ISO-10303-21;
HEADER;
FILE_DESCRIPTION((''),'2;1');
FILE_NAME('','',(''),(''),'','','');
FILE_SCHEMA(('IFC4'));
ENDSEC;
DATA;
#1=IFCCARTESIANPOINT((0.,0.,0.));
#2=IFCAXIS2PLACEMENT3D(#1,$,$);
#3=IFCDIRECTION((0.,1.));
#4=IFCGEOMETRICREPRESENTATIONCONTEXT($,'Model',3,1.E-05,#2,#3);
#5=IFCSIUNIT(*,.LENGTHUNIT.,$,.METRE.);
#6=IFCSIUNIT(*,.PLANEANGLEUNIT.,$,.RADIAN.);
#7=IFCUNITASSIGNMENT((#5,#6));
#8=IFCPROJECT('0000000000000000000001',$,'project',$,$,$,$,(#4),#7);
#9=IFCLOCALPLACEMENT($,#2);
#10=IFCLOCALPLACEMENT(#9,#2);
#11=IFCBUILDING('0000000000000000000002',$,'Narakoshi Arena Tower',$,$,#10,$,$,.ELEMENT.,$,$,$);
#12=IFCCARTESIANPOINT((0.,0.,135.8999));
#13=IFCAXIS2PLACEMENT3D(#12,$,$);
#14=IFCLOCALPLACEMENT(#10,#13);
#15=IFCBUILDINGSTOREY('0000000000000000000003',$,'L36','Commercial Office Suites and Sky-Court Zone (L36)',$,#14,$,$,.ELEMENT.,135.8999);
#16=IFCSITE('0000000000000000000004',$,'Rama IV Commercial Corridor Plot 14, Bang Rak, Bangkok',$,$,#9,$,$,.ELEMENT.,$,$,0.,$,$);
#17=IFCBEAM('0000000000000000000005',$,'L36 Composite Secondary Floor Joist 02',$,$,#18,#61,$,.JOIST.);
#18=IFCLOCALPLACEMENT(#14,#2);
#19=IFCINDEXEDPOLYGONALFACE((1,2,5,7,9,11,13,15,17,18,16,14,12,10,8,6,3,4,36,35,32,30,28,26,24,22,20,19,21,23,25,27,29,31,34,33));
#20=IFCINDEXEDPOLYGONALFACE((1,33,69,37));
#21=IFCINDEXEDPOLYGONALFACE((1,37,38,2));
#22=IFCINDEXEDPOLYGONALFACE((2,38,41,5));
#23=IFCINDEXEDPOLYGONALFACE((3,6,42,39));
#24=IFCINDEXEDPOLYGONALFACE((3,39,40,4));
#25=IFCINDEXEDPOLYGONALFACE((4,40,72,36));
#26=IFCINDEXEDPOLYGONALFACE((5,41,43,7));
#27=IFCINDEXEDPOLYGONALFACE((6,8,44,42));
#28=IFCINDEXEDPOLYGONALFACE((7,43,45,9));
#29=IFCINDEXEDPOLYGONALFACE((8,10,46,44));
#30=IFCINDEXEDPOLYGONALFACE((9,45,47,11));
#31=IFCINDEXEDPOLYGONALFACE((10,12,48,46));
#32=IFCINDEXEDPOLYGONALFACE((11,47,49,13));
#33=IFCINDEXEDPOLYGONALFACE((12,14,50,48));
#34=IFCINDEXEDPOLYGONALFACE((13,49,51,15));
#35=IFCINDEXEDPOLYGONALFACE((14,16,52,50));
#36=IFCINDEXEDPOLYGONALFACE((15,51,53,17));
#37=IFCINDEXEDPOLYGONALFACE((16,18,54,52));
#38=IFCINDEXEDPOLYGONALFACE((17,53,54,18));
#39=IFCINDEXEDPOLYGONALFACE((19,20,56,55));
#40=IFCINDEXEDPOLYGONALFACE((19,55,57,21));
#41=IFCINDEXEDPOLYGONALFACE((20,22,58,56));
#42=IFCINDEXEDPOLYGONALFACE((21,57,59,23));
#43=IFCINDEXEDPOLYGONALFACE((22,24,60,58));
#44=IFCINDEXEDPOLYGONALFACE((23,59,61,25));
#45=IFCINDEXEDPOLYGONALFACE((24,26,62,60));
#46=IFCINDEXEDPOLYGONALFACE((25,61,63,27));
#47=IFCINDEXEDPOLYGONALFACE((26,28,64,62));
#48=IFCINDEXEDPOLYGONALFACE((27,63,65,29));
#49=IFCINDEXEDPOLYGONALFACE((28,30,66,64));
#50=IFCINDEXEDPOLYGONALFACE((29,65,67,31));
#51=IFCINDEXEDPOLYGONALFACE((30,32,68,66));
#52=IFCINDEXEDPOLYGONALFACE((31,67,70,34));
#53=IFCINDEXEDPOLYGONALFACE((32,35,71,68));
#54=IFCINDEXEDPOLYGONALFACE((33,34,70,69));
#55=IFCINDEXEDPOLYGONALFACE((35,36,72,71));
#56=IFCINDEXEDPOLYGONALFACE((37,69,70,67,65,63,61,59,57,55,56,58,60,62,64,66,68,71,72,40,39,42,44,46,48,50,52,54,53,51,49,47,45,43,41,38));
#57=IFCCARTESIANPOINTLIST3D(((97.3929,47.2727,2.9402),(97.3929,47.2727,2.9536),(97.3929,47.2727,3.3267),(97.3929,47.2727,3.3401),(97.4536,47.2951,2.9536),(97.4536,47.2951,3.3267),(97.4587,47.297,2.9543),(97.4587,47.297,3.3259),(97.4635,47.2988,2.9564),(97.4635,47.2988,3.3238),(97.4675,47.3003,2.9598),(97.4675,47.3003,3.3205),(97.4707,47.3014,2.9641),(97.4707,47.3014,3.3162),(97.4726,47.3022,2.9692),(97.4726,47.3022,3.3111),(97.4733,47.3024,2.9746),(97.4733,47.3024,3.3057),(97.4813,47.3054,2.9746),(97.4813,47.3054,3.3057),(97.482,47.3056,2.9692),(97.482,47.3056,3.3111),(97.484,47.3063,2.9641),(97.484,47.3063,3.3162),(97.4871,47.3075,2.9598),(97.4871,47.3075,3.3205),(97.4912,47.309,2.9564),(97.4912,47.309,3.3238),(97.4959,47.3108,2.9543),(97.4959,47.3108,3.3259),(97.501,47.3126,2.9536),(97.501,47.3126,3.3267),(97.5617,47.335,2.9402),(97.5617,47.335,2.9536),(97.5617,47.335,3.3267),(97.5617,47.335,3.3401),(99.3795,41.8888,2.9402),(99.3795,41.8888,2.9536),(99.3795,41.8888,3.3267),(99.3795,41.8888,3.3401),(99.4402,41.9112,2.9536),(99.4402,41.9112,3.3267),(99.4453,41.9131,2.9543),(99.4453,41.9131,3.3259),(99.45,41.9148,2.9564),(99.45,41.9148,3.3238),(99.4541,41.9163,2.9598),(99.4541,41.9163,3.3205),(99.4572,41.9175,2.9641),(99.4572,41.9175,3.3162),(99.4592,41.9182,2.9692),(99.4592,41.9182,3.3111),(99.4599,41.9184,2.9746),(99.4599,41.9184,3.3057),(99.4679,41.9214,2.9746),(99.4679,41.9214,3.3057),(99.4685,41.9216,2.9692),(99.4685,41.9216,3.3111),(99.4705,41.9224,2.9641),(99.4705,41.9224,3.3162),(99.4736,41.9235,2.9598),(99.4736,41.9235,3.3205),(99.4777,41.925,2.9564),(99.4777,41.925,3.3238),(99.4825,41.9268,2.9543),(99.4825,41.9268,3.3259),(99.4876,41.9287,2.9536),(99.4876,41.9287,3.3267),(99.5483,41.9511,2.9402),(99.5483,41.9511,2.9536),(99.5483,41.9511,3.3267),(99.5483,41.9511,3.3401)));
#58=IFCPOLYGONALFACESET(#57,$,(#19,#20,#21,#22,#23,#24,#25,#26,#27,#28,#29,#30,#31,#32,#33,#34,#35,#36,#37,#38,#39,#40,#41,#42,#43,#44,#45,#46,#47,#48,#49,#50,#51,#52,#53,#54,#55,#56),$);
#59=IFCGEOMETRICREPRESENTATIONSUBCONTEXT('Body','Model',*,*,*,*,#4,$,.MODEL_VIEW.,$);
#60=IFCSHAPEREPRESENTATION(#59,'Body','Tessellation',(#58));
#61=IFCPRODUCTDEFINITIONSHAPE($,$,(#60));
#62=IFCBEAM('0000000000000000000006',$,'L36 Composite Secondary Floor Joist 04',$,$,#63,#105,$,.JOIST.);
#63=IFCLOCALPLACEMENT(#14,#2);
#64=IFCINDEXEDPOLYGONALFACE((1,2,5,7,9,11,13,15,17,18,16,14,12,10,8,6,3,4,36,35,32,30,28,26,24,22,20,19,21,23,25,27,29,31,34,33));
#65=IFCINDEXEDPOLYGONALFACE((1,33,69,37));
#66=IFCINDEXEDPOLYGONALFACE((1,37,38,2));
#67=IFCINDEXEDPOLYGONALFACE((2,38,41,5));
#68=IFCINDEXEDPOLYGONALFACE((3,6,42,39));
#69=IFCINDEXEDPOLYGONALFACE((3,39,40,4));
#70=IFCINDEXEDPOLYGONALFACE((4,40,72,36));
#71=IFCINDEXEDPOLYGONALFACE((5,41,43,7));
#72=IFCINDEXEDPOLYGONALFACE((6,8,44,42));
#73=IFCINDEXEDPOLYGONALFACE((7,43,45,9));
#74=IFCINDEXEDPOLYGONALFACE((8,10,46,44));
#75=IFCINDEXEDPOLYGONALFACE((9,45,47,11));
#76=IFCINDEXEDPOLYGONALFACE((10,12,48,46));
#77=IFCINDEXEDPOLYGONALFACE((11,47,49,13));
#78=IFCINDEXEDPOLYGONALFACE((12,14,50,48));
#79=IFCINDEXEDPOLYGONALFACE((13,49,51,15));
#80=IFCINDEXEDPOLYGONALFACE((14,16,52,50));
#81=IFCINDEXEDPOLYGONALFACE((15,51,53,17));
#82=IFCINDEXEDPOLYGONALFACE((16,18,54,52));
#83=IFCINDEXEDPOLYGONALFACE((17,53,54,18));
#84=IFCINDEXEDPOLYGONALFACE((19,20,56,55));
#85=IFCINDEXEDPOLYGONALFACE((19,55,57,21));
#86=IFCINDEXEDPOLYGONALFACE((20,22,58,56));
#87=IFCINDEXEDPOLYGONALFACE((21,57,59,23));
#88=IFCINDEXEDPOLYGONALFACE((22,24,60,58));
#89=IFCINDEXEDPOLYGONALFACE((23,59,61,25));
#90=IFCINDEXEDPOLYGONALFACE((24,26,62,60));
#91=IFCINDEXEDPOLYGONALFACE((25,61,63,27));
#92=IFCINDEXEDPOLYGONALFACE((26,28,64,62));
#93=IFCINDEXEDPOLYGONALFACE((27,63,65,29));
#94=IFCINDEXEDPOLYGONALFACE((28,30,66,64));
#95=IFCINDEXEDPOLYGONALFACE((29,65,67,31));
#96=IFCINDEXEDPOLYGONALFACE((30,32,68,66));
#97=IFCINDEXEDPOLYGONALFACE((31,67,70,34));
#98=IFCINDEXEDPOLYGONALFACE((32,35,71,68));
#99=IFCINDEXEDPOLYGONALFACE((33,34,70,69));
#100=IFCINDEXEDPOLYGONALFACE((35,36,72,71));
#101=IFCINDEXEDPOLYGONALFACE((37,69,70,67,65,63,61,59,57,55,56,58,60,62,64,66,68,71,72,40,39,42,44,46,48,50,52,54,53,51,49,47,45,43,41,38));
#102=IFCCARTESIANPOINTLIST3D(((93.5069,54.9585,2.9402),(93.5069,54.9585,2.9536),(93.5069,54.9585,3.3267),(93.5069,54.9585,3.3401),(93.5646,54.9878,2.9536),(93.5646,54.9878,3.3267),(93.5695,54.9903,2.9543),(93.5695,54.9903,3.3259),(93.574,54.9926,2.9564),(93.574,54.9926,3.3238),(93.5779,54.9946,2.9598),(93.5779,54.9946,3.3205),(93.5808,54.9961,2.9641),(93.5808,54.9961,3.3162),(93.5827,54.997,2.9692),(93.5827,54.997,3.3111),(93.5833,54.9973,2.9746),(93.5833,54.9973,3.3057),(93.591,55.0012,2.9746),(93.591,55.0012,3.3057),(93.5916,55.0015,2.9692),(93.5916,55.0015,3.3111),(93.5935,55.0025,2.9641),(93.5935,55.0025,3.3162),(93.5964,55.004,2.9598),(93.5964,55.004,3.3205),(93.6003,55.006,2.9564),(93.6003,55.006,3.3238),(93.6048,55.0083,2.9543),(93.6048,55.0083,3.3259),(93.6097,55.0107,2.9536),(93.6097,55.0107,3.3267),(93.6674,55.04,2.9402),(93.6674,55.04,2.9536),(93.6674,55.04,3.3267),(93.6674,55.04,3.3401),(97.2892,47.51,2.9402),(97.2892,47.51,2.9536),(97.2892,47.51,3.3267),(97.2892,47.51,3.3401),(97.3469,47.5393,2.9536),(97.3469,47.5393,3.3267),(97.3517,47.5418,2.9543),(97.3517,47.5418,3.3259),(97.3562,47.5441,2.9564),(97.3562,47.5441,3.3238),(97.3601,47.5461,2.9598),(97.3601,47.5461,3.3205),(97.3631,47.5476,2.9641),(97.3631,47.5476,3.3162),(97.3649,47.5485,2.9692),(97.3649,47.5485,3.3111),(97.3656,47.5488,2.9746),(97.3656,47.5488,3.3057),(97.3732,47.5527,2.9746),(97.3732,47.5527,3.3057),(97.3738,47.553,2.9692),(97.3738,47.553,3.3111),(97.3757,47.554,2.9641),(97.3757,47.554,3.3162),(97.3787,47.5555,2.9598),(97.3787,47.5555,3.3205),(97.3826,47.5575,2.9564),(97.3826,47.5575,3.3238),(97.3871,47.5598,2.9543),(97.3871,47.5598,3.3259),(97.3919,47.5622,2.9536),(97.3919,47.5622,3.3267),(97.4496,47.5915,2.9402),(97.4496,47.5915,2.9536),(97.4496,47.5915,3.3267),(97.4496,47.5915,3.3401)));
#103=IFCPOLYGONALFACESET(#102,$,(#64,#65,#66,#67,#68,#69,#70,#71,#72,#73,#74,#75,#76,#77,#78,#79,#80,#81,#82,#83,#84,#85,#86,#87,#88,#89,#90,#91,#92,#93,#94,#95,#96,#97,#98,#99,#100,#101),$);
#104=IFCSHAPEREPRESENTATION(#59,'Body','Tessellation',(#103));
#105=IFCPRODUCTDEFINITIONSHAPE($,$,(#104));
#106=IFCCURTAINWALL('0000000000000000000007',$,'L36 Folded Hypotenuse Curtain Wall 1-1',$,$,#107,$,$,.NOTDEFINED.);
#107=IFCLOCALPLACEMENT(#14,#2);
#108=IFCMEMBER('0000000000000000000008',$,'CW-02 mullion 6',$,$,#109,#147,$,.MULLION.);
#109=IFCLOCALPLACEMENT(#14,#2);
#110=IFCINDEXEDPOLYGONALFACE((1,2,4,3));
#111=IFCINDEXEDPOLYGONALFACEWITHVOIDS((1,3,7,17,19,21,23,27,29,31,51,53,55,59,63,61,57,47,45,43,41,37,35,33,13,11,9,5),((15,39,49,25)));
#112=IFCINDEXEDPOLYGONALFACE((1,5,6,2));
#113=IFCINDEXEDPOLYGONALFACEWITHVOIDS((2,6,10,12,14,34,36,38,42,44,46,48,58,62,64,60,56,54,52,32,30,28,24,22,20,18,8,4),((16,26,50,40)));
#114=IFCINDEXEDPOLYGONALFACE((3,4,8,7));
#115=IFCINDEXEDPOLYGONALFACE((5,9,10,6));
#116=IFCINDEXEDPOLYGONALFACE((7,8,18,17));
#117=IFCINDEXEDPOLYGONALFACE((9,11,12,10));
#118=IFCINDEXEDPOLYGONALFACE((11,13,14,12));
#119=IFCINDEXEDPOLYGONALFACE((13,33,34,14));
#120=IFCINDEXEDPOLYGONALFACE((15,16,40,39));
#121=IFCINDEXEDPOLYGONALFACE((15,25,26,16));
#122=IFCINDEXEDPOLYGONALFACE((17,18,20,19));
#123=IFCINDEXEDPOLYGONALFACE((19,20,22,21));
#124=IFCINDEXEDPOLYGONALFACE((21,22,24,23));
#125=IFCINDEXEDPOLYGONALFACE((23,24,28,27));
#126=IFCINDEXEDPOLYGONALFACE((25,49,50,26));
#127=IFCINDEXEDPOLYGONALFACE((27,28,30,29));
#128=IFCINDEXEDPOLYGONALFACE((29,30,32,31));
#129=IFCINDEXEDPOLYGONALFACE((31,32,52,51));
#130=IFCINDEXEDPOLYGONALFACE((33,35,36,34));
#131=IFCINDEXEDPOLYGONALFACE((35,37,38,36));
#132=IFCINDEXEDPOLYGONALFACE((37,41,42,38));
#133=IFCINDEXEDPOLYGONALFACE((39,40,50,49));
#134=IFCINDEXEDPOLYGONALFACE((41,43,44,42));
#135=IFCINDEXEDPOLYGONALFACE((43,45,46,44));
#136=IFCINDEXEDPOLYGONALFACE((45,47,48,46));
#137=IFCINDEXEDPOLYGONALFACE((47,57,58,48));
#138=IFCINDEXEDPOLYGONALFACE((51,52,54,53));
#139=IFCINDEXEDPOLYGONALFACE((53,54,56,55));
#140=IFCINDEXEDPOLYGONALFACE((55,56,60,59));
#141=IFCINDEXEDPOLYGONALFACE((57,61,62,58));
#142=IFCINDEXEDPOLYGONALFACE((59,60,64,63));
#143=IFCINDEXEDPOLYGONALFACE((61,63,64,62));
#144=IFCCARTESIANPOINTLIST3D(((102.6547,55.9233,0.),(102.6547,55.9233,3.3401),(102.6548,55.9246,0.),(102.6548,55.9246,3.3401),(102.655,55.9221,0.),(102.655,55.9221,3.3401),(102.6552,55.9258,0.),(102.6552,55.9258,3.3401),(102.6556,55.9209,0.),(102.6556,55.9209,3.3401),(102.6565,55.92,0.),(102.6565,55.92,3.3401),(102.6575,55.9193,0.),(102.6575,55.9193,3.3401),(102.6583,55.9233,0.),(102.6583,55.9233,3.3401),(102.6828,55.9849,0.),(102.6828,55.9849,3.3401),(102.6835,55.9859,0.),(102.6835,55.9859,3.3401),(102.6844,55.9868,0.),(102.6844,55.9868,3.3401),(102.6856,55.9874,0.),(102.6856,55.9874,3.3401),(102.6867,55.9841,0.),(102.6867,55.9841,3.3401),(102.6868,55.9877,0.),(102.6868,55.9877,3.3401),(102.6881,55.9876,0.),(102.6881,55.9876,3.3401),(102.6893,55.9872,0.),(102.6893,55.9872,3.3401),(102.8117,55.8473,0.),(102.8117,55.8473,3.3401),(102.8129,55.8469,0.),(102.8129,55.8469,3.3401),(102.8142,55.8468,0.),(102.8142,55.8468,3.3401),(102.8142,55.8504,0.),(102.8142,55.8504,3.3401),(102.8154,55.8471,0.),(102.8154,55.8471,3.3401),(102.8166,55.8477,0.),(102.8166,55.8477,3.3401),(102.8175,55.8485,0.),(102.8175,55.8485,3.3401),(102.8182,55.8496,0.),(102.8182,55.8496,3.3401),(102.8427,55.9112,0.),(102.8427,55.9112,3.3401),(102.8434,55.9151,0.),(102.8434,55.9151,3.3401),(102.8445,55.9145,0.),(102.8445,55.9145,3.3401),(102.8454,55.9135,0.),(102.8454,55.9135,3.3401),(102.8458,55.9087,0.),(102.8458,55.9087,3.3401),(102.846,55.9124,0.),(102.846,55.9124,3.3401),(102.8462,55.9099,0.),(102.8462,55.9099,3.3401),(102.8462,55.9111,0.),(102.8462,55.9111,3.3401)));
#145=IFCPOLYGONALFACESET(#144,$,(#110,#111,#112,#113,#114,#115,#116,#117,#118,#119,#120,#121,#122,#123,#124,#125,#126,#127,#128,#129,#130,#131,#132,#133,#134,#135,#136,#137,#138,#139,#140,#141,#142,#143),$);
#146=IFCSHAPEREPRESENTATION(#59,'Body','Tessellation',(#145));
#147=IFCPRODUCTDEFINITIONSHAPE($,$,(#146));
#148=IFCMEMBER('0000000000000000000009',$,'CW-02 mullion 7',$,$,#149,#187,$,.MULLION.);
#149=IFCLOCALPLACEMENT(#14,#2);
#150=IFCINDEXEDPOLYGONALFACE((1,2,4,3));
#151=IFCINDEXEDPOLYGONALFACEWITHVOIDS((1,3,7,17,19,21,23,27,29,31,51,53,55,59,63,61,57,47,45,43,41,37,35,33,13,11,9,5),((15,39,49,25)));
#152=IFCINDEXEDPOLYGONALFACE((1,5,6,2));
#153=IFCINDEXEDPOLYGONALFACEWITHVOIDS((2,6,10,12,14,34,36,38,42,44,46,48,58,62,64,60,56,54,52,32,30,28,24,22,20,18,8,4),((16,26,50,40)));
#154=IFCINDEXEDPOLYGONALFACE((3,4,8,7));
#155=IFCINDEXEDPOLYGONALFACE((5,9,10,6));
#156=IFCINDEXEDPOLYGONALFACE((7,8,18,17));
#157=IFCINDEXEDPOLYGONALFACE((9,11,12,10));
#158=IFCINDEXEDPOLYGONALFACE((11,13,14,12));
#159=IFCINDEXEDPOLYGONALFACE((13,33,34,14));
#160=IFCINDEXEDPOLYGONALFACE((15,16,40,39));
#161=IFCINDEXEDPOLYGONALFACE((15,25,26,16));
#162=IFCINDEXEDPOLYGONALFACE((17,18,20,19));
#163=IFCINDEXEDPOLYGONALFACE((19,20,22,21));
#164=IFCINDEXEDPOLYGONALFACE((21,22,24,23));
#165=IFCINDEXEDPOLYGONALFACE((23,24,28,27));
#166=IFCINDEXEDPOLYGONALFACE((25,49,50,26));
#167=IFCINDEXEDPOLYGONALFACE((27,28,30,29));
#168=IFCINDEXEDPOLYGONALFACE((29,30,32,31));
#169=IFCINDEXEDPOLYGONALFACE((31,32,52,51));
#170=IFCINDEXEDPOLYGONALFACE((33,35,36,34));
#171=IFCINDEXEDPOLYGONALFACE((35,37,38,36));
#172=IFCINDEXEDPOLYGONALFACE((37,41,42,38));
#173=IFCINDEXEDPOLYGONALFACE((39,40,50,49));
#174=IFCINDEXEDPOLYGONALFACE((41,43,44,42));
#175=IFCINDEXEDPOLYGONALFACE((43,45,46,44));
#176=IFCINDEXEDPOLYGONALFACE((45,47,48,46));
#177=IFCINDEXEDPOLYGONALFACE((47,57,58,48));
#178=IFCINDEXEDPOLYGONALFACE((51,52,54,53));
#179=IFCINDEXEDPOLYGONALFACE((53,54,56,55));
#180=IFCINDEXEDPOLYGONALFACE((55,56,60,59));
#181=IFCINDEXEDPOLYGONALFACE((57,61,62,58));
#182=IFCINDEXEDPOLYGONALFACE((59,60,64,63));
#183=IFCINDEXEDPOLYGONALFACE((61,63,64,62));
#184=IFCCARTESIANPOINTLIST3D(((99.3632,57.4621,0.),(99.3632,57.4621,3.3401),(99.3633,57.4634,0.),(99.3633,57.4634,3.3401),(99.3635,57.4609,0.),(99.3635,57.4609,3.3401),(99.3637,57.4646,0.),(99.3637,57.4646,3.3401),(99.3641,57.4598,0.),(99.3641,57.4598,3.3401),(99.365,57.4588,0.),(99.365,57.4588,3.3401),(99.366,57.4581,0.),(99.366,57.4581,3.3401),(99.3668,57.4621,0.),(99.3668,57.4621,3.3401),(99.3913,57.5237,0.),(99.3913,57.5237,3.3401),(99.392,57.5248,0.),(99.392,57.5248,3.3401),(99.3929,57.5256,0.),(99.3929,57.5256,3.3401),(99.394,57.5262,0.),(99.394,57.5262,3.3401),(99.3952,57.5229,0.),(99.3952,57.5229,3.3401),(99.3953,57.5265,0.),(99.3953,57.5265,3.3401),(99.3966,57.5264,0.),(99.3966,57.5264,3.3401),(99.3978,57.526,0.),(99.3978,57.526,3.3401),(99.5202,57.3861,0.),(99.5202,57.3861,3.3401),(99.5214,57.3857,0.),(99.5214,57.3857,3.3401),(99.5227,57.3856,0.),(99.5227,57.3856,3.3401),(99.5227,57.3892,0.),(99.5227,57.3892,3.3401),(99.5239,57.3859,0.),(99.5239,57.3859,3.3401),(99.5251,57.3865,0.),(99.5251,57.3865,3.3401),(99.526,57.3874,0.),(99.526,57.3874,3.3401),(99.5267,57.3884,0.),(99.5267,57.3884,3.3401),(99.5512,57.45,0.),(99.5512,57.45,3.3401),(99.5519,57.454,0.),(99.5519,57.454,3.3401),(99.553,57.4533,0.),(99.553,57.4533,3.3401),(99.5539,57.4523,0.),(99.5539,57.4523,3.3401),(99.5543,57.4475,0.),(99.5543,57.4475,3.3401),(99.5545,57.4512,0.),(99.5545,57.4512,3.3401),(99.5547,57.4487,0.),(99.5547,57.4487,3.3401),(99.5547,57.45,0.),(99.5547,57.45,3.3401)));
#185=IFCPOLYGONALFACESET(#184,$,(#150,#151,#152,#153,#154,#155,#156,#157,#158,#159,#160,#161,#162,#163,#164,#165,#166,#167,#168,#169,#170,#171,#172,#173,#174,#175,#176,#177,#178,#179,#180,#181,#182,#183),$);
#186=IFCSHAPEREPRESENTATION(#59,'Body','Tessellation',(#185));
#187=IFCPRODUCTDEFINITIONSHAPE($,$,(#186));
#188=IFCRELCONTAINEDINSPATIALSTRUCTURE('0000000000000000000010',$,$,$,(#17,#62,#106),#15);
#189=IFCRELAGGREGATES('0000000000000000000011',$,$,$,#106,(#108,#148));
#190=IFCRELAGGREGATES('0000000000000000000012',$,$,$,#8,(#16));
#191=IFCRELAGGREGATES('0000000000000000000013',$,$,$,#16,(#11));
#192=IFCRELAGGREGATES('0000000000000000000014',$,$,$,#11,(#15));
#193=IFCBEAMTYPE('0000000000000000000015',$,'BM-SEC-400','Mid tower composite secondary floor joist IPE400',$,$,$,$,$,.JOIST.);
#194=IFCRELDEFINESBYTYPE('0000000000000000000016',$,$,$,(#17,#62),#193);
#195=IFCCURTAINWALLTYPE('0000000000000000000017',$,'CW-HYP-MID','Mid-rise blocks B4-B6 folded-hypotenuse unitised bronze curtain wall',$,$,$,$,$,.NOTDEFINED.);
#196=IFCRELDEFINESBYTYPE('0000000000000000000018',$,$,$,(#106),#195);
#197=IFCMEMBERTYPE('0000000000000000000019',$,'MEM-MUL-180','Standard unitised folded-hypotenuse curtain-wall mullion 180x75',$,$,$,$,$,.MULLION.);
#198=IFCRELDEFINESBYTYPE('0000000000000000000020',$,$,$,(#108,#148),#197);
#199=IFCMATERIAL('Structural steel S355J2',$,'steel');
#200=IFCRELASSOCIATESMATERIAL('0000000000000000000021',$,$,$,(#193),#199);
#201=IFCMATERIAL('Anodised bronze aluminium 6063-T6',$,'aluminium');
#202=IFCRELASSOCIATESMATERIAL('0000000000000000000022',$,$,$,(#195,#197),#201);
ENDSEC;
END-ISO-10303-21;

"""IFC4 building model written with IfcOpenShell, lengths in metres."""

from ifc_helpers import new_model, si_unit, direction, frame, origin, origin_2d, place, context, subcontext, project, spatial, hollow_rectangle, i_section, extrude, material, material_profile, profile_set, type_object, element, aggregate, save


model = new_model("IFC4")

# Units and contexts
model_context = context("Model", 3, precision=1e-05, world=origin(), true_north=direction((0.0, 1.0)))
body_context = subcontext(model_context, "Body", "Model", "MODEL_VIEW")
ifc_project = project(units=[si_unit("LENGTHUNIT", "METRE"), si_unit("PLANEANGLEUNIT", "RADIAN")], contexts=[model_context])

# Site, building, storey
site_placement = place(None, origin())
site = spatial("IfcSite", under=ifc_project, at=site_placement, Name="Rama IV Commercial Corridor Plot 14, Bang Rak, Bangkok", CompositionType="ELEMENT", RefElevation=0.0)
building_placement = place(site_placement, origin())
building = spatial("IfcBuilding", under=site, at=building_placement, Name="Narakoshi Arena Tower", CompositionType="ELEMENT")
storey_placement = place(building_placement, frame((0.0, 0.0, 135.8999)))
storey = spatial("IfcBuildingStorey", under=building, at=storey_placement, Name="L36", Description="Commercial Office Suites and Sky-Court Zone (L36)", CompositionType="ELEMENT", Elevation=135.8999)

# Beams
ifc_material_1 = material(Name="Structural steel S355J2", Category="steel")
ifc_material_profile_1 = material_profile(ifc_material_1, i_section(OverallWidth=0.1799, OverallDepth=0.3999, WebThickness=0.0085, FlangeThickness=0.0134, FilletRadius=0.021, at=origin_2d()), Name="IPE400")
ifc_profile_set_1 = profile_set([ifc_material_profile_1], Name="Structural steel S355J2")
beam_type_1 = type_object("IfcBeamType", Name="BM-SEC-400", Description="Mid tower composite secondary floor joist IPE400", PredefinedType="JOIST", material=ifc_profile_set_1)
beam_1_placement = place(storey_placement, frame((99.4639, 41.9199, 3.1401), z_axis=(-0.346163, 0.938174, 0.0), x_axis=(-0.938174, -0.346163, 0.0)))
element("IfcBeam", 1, at=beam_1_placement, inside=storey, type_object=beam_type_1, Name="L36 Composite Secondary Floor Joist 02", PredefinedType="JOIST", context=body_context, shape_type="SweptSolid", body=[
    extrude(i_section(OverallWidth=0.1799, OverallDepth=0.3999, WebThickness=0.0085, FlangeThickness=0.0134, FilletRadius=0.021, at=origin_2d()), origin(), (0.0, 0.0, 1.0), 5.7388),
])
beam_2_placement = place(storey_placement, frame((97.3694, 47.5508, 3.1401), z_axis=(-0.452758, 0.891634, 0.0), x_axis=(-0.891634, -0.452758, 0.0)))
element("IfcBeam", 2, at=beam_2_placement, inside=storey, type_object=beam_type_1, Name="L36 Composite Secondary Floor Joist 04", PredefinedType="JOIST", context=body_context, shape_type="SweptSolid", body=[
    extrude(i_section(OverallWidth=0.1799, OverallDepth=0.3999, WebThickness=0.0085, FlangeThickness=0.0134, FilletRadius=0.021, at=origin_2d()), origin(), (0.0, 0.0, 1.0), 8.3538),
])

# Curtain wall, members
ifc_material_2 = material(Name="Anodised bronze aluminium 6063-T6", Category="aluminium")
curtain_wall_type = type_object("IfcCurtainWallType", Name="CW-HYP-MID", Description="Mid-rise blocks B4-B6 folded-hypotenuse unitised bronze curtain wall", PredefinedType="NOTDEFINED", material=ifc_material_2)
curtain_wall_placement = place(storey_placement, origin())
curtain_wall = element("IfcCurtainWall", 3, at=curtain_wall_placement, inside=storey, type_object=curtain_wall_type, Name="L36 Folded Hypotenuse Curtain Wall 1-1", PredefinedType="NOTDEFINED")
ifc_material_profile_2 = material_profile(ifc_material_2, hollow_rectangle(XDim=0.075, YDim=0.1799, WallThickness=0.0039, OuterFilletRadius=0.0049, at=origin_2d()), Name="MUL180x75x4")
ifc_profile_set_2 = profile_set([ifc_material_profile_2], Name="Anodised bronze aluminium 6063-T6")
member_type_1 = type_object("IfcMemberType", Name="MEM-MUL-180", Description="Standard unitised folded-hypotenuse curtain-wall mullion 180x75", PredefinedType="MULLION", material=ifc_profile_set_2)
member_1_placement = place(storey_placement, frame((102.7505, 55.9172, 0.0), z_axis=(0.0, 0.0, 1.0), x_axis=(-0.423532, -0.905881, 0.0)))
member_1 = element("IfcMember", 4, at=member_1_placement, type_object=member_type_1, Name="CW-02 mullion 6", PredefinedType="MULLION", context=body_context, shape_type="SweptSolid", body=[
    extrude(hollow_rectangle(XDim=0.075, YDim=0.1799, WallThickness=0.0039, OuterFilletRadius=0.0049, at=origin_2d()), origin(), (0.0, 0.0, 1.0), 3.3401),
])
member_2_placement = place(storey_placement, frame((99.459, 57.4561, 0.0), z_axis=(0.0, 0.0, 1.0), x_axis=(-0.423532, -0.905881, 0.0)))
member_2 = element("IfcMember", 5, at=member_2_placement, type_object=member_type_1, Name="CW-02 mullion 7", PredefinedType="MULLION", context=body_context, shape_type="SweptSolid", body=[
    extrude(hollow_rectangle(XDim=0.075, YDim=0.1799, WallThickness=0.0039, OuterFilletRadius=0.0049, at=origin_2d()), origin(), (0.0, 0.0, 1.0), 3.3401),
])
aggregate(curtain_wall, [member_1, member_2])

save(model, "model.ifc")
